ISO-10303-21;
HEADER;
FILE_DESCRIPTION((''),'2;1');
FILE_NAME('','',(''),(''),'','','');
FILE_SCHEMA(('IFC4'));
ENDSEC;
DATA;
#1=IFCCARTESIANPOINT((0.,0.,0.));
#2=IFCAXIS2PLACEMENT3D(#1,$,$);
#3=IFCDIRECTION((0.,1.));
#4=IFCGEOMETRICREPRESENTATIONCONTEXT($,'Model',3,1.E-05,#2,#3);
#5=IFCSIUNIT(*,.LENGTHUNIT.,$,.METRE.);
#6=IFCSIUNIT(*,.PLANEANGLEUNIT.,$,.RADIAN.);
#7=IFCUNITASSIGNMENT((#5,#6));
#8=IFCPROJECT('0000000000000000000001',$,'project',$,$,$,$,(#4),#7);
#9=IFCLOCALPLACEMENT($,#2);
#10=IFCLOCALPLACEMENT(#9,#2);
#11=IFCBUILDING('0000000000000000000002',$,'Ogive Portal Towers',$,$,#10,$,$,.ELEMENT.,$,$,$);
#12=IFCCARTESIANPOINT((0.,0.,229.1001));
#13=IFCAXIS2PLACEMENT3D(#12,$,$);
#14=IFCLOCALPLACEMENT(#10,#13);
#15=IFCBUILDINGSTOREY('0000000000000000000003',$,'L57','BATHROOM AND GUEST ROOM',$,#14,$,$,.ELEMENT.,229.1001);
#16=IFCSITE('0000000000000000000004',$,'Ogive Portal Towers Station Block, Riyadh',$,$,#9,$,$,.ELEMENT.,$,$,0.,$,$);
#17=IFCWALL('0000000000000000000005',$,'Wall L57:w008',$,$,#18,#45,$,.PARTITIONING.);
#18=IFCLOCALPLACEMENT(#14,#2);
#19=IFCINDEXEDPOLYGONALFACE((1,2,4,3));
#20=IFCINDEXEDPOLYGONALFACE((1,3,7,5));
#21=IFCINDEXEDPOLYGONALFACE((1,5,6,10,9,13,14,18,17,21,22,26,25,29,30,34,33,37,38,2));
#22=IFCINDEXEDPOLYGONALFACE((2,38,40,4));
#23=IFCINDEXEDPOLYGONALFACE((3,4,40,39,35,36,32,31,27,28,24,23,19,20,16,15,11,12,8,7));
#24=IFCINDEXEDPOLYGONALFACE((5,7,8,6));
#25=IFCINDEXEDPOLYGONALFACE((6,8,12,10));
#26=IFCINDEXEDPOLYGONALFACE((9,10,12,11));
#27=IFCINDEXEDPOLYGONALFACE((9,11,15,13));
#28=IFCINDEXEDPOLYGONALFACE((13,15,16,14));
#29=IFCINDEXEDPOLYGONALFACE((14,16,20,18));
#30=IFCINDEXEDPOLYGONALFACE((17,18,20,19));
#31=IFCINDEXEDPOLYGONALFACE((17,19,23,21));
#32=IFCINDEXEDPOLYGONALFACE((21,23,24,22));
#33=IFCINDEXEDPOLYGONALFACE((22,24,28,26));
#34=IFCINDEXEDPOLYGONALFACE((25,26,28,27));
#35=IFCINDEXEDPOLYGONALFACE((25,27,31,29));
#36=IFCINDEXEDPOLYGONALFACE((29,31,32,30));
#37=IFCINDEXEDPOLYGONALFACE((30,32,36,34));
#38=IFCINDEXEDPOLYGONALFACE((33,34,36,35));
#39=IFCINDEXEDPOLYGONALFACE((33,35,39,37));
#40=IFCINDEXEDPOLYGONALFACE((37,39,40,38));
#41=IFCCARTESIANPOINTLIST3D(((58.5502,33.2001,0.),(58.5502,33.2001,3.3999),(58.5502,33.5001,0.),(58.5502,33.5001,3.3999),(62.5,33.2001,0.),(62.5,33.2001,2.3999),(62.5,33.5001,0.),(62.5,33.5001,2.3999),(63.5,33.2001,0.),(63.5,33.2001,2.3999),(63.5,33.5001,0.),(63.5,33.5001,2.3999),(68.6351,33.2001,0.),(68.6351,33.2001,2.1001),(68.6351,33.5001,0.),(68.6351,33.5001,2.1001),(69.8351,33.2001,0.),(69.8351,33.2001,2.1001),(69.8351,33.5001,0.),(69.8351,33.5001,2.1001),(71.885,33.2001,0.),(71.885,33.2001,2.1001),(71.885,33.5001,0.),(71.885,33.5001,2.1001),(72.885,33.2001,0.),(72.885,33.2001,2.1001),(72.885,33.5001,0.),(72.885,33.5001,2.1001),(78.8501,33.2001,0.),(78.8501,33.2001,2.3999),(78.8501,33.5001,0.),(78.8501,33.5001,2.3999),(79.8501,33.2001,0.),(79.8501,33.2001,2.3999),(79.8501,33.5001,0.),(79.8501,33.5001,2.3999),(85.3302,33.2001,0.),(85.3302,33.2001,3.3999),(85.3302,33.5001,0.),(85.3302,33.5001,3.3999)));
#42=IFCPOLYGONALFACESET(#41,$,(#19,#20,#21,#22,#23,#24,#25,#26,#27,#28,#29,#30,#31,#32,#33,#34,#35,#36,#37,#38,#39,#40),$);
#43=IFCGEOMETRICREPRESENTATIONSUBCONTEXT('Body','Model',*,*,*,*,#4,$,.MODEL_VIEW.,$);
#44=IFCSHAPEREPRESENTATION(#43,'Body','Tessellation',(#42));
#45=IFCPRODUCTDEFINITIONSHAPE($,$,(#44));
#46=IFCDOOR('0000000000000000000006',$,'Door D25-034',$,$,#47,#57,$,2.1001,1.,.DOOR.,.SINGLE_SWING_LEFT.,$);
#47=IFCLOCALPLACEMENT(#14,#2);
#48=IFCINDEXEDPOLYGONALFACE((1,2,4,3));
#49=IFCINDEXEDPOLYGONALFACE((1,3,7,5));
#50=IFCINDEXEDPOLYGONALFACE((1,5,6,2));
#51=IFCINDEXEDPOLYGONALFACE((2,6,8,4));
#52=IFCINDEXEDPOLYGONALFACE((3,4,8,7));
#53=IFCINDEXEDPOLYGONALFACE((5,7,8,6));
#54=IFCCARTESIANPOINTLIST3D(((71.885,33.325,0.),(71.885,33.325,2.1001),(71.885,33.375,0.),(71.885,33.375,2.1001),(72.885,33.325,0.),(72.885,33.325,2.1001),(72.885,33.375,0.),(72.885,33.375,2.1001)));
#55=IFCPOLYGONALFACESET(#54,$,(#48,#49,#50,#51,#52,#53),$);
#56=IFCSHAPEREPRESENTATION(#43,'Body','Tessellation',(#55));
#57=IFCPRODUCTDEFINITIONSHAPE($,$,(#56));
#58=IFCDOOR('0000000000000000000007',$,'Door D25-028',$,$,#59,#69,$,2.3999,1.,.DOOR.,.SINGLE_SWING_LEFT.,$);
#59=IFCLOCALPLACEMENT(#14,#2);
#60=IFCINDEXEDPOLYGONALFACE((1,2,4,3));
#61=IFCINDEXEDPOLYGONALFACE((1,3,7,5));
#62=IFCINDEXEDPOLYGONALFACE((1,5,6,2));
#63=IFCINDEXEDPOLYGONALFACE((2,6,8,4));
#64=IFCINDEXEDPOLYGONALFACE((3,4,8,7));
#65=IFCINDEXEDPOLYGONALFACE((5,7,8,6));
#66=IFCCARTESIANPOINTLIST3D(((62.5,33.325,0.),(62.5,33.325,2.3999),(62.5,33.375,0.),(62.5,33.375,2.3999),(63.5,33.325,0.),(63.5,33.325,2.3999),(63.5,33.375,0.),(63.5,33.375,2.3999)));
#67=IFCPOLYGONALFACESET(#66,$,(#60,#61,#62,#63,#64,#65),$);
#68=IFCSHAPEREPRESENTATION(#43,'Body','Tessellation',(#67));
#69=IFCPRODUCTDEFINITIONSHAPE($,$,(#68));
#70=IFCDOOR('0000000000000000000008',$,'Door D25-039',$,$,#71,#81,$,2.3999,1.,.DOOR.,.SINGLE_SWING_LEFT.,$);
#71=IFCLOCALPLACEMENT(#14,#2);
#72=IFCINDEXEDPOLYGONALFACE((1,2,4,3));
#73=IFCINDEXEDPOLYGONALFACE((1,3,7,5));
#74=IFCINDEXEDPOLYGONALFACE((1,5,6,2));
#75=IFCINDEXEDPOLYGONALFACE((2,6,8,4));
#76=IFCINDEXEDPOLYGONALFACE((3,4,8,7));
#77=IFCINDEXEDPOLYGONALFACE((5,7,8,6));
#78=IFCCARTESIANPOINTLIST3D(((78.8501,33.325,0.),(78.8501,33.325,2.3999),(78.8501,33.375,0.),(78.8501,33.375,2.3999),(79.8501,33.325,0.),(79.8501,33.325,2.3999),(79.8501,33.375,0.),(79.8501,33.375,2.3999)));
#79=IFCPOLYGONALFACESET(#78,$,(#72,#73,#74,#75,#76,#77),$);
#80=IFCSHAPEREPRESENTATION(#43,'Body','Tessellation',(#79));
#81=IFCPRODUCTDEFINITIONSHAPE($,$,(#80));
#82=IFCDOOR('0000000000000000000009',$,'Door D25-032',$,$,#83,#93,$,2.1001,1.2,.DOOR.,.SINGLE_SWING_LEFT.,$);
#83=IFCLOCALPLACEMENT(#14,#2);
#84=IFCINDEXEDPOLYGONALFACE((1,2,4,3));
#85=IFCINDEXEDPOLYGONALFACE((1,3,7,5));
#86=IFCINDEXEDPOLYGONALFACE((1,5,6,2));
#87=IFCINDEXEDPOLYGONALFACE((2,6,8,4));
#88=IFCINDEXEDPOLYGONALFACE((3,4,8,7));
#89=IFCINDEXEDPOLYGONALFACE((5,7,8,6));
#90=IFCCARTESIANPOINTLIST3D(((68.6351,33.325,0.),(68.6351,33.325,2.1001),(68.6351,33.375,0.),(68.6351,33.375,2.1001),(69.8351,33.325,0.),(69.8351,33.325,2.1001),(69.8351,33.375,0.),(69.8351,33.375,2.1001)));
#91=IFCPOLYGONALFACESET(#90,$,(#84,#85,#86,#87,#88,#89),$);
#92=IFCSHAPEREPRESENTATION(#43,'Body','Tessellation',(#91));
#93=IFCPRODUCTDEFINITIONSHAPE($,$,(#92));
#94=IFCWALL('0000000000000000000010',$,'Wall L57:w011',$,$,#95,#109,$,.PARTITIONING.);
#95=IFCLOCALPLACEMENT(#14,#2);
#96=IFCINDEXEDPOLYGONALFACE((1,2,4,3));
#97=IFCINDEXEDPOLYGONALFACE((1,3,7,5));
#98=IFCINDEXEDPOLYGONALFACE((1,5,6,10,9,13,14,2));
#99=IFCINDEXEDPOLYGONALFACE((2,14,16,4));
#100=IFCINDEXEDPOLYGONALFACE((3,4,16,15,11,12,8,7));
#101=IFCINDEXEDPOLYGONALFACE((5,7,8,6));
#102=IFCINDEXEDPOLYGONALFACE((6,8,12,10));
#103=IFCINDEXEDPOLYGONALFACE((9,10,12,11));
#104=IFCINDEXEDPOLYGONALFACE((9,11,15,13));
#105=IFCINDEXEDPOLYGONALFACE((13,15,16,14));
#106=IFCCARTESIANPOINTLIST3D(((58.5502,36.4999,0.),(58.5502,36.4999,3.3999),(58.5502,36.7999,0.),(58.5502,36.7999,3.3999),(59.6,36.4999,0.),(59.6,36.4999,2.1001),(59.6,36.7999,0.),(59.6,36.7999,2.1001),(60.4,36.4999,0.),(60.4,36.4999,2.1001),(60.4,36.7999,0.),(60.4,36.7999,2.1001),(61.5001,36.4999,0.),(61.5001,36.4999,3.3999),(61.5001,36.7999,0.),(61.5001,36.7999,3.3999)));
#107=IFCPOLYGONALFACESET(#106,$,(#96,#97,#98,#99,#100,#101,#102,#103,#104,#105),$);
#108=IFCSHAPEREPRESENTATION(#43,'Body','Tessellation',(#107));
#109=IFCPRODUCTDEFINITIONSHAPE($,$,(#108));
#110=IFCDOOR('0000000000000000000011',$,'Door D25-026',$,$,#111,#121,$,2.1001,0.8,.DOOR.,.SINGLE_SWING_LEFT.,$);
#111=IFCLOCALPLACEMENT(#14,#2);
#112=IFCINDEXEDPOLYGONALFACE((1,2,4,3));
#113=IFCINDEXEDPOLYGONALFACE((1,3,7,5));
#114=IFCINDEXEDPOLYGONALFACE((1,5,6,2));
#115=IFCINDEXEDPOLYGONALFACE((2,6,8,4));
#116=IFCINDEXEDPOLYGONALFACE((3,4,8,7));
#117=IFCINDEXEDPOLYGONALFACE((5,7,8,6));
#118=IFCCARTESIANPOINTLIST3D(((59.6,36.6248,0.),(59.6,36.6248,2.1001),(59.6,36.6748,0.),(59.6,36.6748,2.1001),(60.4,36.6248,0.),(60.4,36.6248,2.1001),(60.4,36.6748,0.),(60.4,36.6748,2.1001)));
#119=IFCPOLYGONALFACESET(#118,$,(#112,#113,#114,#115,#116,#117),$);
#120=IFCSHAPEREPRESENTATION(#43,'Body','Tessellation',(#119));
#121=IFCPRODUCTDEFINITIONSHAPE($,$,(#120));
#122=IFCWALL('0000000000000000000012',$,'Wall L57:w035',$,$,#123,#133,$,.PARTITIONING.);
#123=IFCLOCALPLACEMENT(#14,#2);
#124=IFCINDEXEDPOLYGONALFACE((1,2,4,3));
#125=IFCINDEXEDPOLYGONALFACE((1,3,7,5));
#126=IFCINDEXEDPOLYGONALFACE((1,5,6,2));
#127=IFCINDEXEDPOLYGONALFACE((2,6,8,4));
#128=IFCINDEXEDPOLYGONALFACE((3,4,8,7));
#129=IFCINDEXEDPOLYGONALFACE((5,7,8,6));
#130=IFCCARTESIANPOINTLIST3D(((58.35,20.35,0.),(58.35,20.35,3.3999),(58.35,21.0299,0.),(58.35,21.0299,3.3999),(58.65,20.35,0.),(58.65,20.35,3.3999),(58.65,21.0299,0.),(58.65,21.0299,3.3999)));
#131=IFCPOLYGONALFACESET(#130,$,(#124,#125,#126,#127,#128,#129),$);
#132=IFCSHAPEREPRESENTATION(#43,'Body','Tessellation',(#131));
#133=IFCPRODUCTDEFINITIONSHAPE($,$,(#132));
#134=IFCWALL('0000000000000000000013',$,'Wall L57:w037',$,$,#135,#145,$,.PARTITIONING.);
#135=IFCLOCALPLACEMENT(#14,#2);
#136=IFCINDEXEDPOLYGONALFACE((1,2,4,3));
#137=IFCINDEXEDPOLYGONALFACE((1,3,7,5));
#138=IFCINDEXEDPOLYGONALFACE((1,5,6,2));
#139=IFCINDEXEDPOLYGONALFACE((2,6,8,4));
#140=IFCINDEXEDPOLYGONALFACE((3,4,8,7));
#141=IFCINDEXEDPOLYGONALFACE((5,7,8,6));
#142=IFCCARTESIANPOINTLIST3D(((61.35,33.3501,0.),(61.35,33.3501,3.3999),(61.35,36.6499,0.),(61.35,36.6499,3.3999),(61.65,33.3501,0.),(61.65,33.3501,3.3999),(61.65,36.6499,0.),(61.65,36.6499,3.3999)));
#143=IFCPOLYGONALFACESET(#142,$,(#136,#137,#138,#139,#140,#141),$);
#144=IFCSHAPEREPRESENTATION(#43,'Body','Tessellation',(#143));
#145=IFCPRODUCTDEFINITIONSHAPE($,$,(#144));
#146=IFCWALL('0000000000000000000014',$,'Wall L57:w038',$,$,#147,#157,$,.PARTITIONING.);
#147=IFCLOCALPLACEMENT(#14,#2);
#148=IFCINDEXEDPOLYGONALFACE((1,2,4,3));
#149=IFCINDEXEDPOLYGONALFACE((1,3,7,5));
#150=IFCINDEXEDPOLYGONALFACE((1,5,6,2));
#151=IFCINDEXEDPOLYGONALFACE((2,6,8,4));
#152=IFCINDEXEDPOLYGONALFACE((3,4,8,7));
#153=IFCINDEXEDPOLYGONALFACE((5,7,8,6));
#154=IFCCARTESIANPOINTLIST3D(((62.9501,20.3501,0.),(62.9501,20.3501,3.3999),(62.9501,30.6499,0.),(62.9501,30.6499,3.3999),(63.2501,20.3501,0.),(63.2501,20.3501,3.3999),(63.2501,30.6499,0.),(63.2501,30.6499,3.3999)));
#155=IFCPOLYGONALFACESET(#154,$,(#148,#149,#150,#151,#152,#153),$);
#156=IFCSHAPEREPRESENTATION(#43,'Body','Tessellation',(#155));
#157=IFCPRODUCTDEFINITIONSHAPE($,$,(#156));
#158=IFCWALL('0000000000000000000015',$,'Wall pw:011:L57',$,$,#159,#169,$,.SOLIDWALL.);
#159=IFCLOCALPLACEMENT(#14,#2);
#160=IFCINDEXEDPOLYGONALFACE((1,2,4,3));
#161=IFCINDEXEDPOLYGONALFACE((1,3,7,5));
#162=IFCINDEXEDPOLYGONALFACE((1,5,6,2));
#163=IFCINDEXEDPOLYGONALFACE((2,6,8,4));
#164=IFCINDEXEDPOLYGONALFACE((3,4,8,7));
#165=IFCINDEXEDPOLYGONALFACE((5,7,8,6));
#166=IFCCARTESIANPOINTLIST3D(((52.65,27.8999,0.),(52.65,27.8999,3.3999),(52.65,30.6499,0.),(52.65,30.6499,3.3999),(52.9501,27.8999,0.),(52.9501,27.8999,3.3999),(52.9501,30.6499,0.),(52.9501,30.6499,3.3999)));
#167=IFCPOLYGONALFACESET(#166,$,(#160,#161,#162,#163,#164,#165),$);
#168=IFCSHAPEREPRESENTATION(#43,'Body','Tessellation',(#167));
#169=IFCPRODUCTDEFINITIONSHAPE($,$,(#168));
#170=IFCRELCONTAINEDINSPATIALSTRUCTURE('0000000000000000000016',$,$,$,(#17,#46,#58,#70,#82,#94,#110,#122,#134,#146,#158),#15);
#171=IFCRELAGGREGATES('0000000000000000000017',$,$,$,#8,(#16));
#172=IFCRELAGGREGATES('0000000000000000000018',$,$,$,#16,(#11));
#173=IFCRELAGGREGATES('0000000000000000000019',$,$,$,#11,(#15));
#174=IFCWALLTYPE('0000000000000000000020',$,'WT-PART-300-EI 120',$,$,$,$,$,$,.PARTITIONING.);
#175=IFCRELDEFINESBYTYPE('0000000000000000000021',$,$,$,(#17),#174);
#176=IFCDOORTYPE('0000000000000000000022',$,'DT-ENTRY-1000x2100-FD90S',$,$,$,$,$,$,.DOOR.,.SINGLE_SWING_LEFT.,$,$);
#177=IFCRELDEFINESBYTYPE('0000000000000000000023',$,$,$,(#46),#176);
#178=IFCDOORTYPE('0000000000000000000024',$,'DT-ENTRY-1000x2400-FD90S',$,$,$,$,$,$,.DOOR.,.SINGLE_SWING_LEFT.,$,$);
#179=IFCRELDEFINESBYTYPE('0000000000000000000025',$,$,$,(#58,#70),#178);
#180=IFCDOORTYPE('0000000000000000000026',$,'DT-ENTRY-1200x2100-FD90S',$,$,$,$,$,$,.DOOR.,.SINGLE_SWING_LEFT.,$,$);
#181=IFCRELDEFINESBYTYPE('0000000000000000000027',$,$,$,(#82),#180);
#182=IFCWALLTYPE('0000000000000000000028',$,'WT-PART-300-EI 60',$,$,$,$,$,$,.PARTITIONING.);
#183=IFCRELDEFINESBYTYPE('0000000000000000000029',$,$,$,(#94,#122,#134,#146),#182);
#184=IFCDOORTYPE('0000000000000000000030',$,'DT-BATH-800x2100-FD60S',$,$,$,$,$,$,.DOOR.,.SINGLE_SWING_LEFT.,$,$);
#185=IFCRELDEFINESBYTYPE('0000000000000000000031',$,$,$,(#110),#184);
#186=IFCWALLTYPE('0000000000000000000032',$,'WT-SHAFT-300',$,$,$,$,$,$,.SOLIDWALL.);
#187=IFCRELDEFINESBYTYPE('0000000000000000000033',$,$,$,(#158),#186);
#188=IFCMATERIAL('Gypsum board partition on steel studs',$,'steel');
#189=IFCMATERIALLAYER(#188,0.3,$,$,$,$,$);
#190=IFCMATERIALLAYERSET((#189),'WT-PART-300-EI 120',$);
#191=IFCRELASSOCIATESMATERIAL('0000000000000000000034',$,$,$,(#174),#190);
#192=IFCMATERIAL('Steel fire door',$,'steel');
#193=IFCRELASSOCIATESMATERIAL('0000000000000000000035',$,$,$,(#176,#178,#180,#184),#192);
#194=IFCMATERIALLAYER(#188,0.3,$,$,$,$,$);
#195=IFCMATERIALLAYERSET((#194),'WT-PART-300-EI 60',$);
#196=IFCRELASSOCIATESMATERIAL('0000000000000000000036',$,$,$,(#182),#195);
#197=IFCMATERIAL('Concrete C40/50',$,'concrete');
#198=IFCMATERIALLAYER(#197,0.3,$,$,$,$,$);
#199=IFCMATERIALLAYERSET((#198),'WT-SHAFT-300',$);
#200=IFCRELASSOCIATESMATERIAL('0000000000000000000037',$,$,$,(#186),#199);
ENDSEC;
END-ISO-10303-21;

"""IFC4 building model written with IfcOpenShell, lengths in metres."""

from ifc_helpers import new_model, si_unit, direction, frame, frame_2d, origin, place, context, subcontext, project, spatial, rectangle, extrude, material, layer, layer_set, type_object, element, fill, save


model = new_model("IFC4")

# Units and contexts
model_context = context("Model", 3, precision=1e-05, world=origin(), true_north=direction((0.0, 1.0)))
body_context = subcontext(model_context, "Body", "Model", "MODEL_VIEW")
ifc_project = project(units=[si_unit("LENGTHUNIT", "METRE"), si_unit("PLANEANGLEUNIT", "RADIAN")], contexts=[model_context])

# Site, building, storey
site_placement = place(None, origin())
site = spatial("IfcSite", under=ifc_project, at=site_placement, Name="Ogive Portal Towers Station Block, Riyadh", CompositionType="ELEMENT", RefElevation=0.0)
building_placement = place(site_placement, origin())
building = spatial("IfcBuilding", under=site, at=building_placement, Name="Ogive Portal Towers", CompositionType="ELEMENT")
storey_placement = place(building_placement, frame((0.0, 0.0, 229.1001)))
storey = spatial("IfcBuildingStorey", under=building, at=storey_placement, Name="L57", Description="BATHROOM AND GUEST ROOM", CompositionType="ELEMENT", Elevation=229.1001)

# Shared definitions
ifc_material_1 = material(Name="Steel fire door", Category="steel")
ifc_material_2 = material(Name="Gypsum board partition on steel studs", Category="steel")

# Wall, openings, doors
ifc_layer_1 = layer(ifc_material_2, 0.3)
ifc_layer_set_1 = layer_set([ifc_layer_1], Name="WT-PART-300-EI 120")
wall_type_1 = type_object("IfcWallType", Name="WT-PART-300-EI 120", PredefinedType="PARTITIONING", material=ifc_layer_set_1)
door_type_1 = type_object("IfcDoorType", Name="DT-ENTRY-1000x2100-FD90S", OperationType="SINGLE_SWING_LEFT", PredefinedType="DOOR", material=ifc_material_1)
door_type_2 = type_object("IfcDoorType", Name="DT-ENTRY-1000x2400-FD90S", OperationType="SINGLE_SWING_LEFT", PredefinedType="DOOR", material=ifc_material_1)
door_type_3 = type_object("IfcDoorType", Name="DT-ENTRY-1200x2100-FD90S", OperationType="SINGLE_SWING_LEFT", PredefinedType="DOOR", material=ifc_material_1)
wall_1_placement = place(storey_placement, frame((58.55, 33.3501, 0.0), z_axis=(0.0, 0.0, 1.0), x_axis=(1.0, 0.0, 0.0)))
wall_1 = element("IfcWall", 1, at=wall_1_placement, inside=storey, type_object=wall_type_1, Name="Wall L57:w008", PredefinedType="PARTITIONING", context=body_context, shape_type="SweptSolid", body=[
    extrude(rectangle(XDim=26.78, YDim=0.3, at=frame_2d((13.3901, 0.0))), origin(), (0.0, 0.0, 1.0), 3.3999),
])
opening_1_placement = place(wall_1_placement, frame((3.95, 0.0, 0.0)))
opening_1 = element("IfcOpeningElement", 2, at=opening_1_placement, cuts=wall_1, PredefinedType="OPENING", context=body_context, shape_type="SweptSolid", body=[
    extrude(rectangle(XDim=1.0, YDim=2.3999, at=frame_2d((0.5, 1.2))), frame((0.0, 0.1602, 0.0), z_axis=(0.0, -1.0, 0.0), x_axis=(1.0, 0.0, 0.0)), (0.0, 0.0, 1.0), 0.3201),
])
opening_2_placement = place(wall_1_placement, frame((10.085, 0.0, 0.0)))
opening_2 = element("IfcOpeningElement", 3, at=opening_2_placement, cuts=wall_1, PredefinedType="OPENING", context=body_context, shape_type="SweptSolid", body=[
    extrude(rectangle(XDim=1.2, YDim=2.1001, at=frame_2d((0.6001, 1.05))), frame((0.0, 0.1602, 0.0), z_axis=(0.0, -1.0, 0.0), x_axis=(1.0, 0.0, 0.0)), (0.0, 0.0, 1.0), 0.3201),
])
opening_3_placement = place(wall_1_placement, frame((13.335, 0.0, 0.0)))
opening_3 = element("IfcOpeningElement", 4, at=opening_3_placement, cuts=wall_1, PredefinedType="OPENING", context=body_context, shape_type="SweptSolid", body=[
    extrude(rectangle(XDim=1.0, YDim=2.1001, at=frame_2d((0.5, 1.05))), frame((0.0, 0.1602, 0.0), z_axis=(0.0, -1.0, 0.0), x_axis=(1.0, 0.0, 0.0)), (0.0, 0.0, 1.0), 0.3201),
])
opening_4_placement = place(wall_1_placement, frame((20.3, 0.0, 0.0)))
opening_4 = element("IfcOpeningElement", 5, at=opening_4_placement, cuts=wall_1, PredefinedType="OPENING", context=body_context, shape_type="SweptSolid", body=[
    extrude(rectangle(XDim=1.0, YDim=2.3999, at=frame_2d((0.5, 1.2))), frame((0.0, 0.1602, 0.0), z_axis=(0.0, -1.0, 0.0), x_axis=(1.0, 0.0, 0.0)), (0.0, 0.0, 1.0), 0.3201),
])
door_1_placement = place(opening_3_placement, origin())
door_1 = element("IfcDoor", 6, at=door_1_placement, inside=storey, type_object=door_type_1, Name="Door D25-034", OperationType="SINGLE_SWING_LEFT", OverallHeight=2.1001, OverallWidth=1.0, PredefinedType="DOOR", context=body_context, shape_type="SweptSolid", body=[
    extrude(rectangle(XDim=1.0, YDim=2.1001, at=frame_2d((0.5, 1.05))), frame((0.0, 0.0249, 0.0), z_axis=(0.0, -1.0, 0.0), x_axis=(1.0, 0.0, 0.0)), (0.0, 0.0, 1.0), 0.05),
])
fill(opening_3, door_1)
door_2_placement = place(opening_1_placement, origin())
door_2 = element("IfcDoor", 7, at=door_2_placement, inside=storey, type_object=door_type_2, Name="Door D25-028", OperationType="SINGLE_SWING_LEFT", OverallHeight=2.3999, OverallWidth=1.0, PredefinedType="DOOR", context=body_context, shape_type="SweptSolid", body=[
    extrude(rectangle(XDim=1.0, YDim=2.3999, at=frame_2d((0.5, 1.2))), frame((0.0, 0.0249, 0.0), z_axis=(0.0, -1.0, 0.0), x_axis=(1.0, 0.0, 0.0)), (0.0, 0.0, 1.0), 0.05),
])
fill(opening_1, door_2)
door_3_placement = place(opening_4_placement, origin())
door_3 = element("IfcDoor", 8, at=door_3_placement, inside=storey, type_object=door_type_2, Name="Door D25-039", OperationType="SINGLE_SWING_LEFT", OverallHeight=2.3999, OverallWidth=1.0, PredefinedType="DOOR", context=body_context, shape_type="SweptSolid", body=[
    extrude(rectangle(XDim=1.0, YDim=2.3999, at=frame_2d((0.5, 1.2))), frame((0.0, 0.0249, 0.0), z_axis=(0.0, -1.0, 0.0), x_axis=(1.0, 0.0, 0.0)), (0.0, 0.0, 1.0), 0.05),
])
fill(opening_4, door_3)
door_4_placement = place(opening_2_placement, origin())
door_4 = element("IfcDoor", 9, at=door_4_placement, inside=storey, type_object=door_type_3, Name="Door D25-032", OperationType="SINGLE_SWING_LEFT", OverallHeight=2.1001, OverallWidth=1.2, PredefinedType="DOOR", context=body_context, shape_type="SweptSolid", body=[
    extrude(rectangle(XDim=1.2, YDim=2.1001, at=frame_2d((0.6001, 1.05))), frame((0.0, 0.0249, 0.0), z_axis=(0.0, -1.0, 0.0), x_axis=(1.0, 0.0, 0.0)), (0.0, 0.0, 1.0), 0.05),
])
fill(opening_2, door_4)

# Wall, opening, door
ifc_layer_2 = layer(ifc_material_2, 0.3)
ifc_layer_set_2 = layer_set([ifc_layer_2], Name="WT-PART-300-EI 60")
wall_type_2 = type_object("IfcWallType", Name="WT-PART-300-EI 60", PredefinedType="PARTITIONING", material=ifc_layer_set_2)
wall_2_placement = place(storey_placement, frame((58.55, 36.6499, 0.0), z_axis=(0.0, 0.0, 1.0), x_axis=(1.0, 0.0, 0.0)))
wall_2 = element("IfcWall", 10, at=wall_2_placement, inside=storey, type_object=wall_type_2, Name="Wall L57:w011", PredefinedType="PARTITIONING", context=body_context, shape_type="SweptSolid", body=[
    extrude(rectangle(XDim=2.95, YDim=0.3, at=frame_2d((1.4751, 0.0))), origin(), (0.0, 0.0, 1.0), 3.3999),
])
opening_5_placement = place(wall_2_placement, frame((1.05, 0.0, 0.0)))
opening_5 = element("IfcOpeningElement", 11, at=opening_5_placement, cuts=wall_2, PredefinedType="OPENING", context=body_context, shape_type="SweptSolid", body=[
    extrude(rectangle(XDim=0.8, YDim=2.1001, at=frame_2d((0.3999, 1.05))), frame((0.0, 0.1602, 0.0), z_axis=(0.0, -1.0, 0.0), x_axis=(1.0, 0.0, 0.0)), (0.0, 0.0, 1.0), 0.3201),
])
door_type_4 = type_object("IfcDoorType", Name="DT-BATH-800x2100-FD60S", OperationType="SINGLE_SWING_LEFT", PredefinedType="DOOR", material=ifc_material_1)
door_5_placement = place(opening_5_placement, origin())
door_5 = element("IfcDoor", 12, at=door_5_placement, inside=storey, type_object=door_type_4, Name="Door D25-026", OperationType="SINGLE_SWING_LEFT", OverallHeight=2.1001, OverallWidth=0.8, PredefinedType="DOOR", context=body_context, shape_type="SweptSolid", body=[
    extrude(rectangle(XDim=0.8, YDim=2.1001, at=frame_2d((0.3999, 1.05))), frame((0.0, 0.0249, 0.0), z_axis=(0.0, -1.0, 0.0), x_axis=(1.0, 0.0, 0.0)), (0.0, 0.0, 1.0), 0.05),
])
fill(opening_5, door_5)

# Walls
wall_3_placement = place(storey_placement, frame((58.5, 20.3501, 0.0), z_axis=(0.0, 0.0, 1.0), x_axis=(0.0, 1.0, 0.0)))
element("IfcWall", 13, at=wall_3_placement, inside=storey, type_object=wall_type_2, Name="Wall L57:w035", PredefinedType="PARTITIONING", context=body_context, shape_type="SweptSolid", body=[
    extrude(rectangle(XDim=0.6799, YDim=0.3, at=frame_2d((0.3398, 0.0))), origin(), (0.0, 0.0, 1.0), 3.3999),
])
wall_4_placement = place(storey_placement, frame((61.5, 33.3501, 0.0), z_axis=(0.0, 0.0, 1.0), x_axis=(0.0, 1.0, 0.0)))
element("IfcWall", 14, at=wall_4_placement, inside=storey, type_object=wall_type_2, Name="Wall L57:w037", PredefinedType="PARTITIONING", context=body_context, shape_type="SweptSolid", body=[
    extrude(rectangle(XDim=3.2998, YDim=0.3, at=frame_2d((1.6499, 0.0))), origin(), (0.0, 0.0, 1.0), 3.3999),
])
wall_5_placement = place(storey_placement, frame((63.1001, 20.3501, 0.0), z_axis=(0.0, 0.0, 1.0), x_axis=(0.0, 1.0, 0.0)))
element("IfcWall", 15, at=wall_5_placement, inside=storey, type_object=wall_type_2, Name="Wall L57:w038", PredefinedType="PARTITIONING", context=body_context, shape_type="SweptSolid", body=[
    extrude(rectangle(XDim=10.2998, YDim=0.3, at=frame_2d((5.1499, 0.0))), origin(), (0.0, 0.0, 1.0), 3.3999),
])
ifc_material_3 = material(Name="Concrete C40/50", Category="concrete")
ifc_layer_3 = layer(ifc_material_3, 0.3)
ifc_layer_set_3 = layer_set([ifc_layer_3], Name="WT-SHAFT-300")
wall_type_3 = type_object("IfcWallType", Name="WT-SHAFT-300", PredefinedType="SOLIDWALL", material=ifc_layer_set_3)
wall_6_placement = place(storey_placement, frame((52.8, 27.8999, 0.0), z_axis=(0.0, 0.0, 1.0), x_axis=(0.0, 1.0, 0.0)))
element("IfcWall", 16, at=wall_6_placement, inside=storey, type_object=wall_type_3, Name="Wall pw:011:L57", PredefinedType="SOLIDWALL", context=body_context, shape_type="SweptSolid", body=[
    extrude(rectangle(XDim=2.75, YDim=0.3, at=frame_2d((1.375, 0.0))), origin(), (0.0, 0.0, 1.0), 3.3999),
])

save(model, "model.ifc")
